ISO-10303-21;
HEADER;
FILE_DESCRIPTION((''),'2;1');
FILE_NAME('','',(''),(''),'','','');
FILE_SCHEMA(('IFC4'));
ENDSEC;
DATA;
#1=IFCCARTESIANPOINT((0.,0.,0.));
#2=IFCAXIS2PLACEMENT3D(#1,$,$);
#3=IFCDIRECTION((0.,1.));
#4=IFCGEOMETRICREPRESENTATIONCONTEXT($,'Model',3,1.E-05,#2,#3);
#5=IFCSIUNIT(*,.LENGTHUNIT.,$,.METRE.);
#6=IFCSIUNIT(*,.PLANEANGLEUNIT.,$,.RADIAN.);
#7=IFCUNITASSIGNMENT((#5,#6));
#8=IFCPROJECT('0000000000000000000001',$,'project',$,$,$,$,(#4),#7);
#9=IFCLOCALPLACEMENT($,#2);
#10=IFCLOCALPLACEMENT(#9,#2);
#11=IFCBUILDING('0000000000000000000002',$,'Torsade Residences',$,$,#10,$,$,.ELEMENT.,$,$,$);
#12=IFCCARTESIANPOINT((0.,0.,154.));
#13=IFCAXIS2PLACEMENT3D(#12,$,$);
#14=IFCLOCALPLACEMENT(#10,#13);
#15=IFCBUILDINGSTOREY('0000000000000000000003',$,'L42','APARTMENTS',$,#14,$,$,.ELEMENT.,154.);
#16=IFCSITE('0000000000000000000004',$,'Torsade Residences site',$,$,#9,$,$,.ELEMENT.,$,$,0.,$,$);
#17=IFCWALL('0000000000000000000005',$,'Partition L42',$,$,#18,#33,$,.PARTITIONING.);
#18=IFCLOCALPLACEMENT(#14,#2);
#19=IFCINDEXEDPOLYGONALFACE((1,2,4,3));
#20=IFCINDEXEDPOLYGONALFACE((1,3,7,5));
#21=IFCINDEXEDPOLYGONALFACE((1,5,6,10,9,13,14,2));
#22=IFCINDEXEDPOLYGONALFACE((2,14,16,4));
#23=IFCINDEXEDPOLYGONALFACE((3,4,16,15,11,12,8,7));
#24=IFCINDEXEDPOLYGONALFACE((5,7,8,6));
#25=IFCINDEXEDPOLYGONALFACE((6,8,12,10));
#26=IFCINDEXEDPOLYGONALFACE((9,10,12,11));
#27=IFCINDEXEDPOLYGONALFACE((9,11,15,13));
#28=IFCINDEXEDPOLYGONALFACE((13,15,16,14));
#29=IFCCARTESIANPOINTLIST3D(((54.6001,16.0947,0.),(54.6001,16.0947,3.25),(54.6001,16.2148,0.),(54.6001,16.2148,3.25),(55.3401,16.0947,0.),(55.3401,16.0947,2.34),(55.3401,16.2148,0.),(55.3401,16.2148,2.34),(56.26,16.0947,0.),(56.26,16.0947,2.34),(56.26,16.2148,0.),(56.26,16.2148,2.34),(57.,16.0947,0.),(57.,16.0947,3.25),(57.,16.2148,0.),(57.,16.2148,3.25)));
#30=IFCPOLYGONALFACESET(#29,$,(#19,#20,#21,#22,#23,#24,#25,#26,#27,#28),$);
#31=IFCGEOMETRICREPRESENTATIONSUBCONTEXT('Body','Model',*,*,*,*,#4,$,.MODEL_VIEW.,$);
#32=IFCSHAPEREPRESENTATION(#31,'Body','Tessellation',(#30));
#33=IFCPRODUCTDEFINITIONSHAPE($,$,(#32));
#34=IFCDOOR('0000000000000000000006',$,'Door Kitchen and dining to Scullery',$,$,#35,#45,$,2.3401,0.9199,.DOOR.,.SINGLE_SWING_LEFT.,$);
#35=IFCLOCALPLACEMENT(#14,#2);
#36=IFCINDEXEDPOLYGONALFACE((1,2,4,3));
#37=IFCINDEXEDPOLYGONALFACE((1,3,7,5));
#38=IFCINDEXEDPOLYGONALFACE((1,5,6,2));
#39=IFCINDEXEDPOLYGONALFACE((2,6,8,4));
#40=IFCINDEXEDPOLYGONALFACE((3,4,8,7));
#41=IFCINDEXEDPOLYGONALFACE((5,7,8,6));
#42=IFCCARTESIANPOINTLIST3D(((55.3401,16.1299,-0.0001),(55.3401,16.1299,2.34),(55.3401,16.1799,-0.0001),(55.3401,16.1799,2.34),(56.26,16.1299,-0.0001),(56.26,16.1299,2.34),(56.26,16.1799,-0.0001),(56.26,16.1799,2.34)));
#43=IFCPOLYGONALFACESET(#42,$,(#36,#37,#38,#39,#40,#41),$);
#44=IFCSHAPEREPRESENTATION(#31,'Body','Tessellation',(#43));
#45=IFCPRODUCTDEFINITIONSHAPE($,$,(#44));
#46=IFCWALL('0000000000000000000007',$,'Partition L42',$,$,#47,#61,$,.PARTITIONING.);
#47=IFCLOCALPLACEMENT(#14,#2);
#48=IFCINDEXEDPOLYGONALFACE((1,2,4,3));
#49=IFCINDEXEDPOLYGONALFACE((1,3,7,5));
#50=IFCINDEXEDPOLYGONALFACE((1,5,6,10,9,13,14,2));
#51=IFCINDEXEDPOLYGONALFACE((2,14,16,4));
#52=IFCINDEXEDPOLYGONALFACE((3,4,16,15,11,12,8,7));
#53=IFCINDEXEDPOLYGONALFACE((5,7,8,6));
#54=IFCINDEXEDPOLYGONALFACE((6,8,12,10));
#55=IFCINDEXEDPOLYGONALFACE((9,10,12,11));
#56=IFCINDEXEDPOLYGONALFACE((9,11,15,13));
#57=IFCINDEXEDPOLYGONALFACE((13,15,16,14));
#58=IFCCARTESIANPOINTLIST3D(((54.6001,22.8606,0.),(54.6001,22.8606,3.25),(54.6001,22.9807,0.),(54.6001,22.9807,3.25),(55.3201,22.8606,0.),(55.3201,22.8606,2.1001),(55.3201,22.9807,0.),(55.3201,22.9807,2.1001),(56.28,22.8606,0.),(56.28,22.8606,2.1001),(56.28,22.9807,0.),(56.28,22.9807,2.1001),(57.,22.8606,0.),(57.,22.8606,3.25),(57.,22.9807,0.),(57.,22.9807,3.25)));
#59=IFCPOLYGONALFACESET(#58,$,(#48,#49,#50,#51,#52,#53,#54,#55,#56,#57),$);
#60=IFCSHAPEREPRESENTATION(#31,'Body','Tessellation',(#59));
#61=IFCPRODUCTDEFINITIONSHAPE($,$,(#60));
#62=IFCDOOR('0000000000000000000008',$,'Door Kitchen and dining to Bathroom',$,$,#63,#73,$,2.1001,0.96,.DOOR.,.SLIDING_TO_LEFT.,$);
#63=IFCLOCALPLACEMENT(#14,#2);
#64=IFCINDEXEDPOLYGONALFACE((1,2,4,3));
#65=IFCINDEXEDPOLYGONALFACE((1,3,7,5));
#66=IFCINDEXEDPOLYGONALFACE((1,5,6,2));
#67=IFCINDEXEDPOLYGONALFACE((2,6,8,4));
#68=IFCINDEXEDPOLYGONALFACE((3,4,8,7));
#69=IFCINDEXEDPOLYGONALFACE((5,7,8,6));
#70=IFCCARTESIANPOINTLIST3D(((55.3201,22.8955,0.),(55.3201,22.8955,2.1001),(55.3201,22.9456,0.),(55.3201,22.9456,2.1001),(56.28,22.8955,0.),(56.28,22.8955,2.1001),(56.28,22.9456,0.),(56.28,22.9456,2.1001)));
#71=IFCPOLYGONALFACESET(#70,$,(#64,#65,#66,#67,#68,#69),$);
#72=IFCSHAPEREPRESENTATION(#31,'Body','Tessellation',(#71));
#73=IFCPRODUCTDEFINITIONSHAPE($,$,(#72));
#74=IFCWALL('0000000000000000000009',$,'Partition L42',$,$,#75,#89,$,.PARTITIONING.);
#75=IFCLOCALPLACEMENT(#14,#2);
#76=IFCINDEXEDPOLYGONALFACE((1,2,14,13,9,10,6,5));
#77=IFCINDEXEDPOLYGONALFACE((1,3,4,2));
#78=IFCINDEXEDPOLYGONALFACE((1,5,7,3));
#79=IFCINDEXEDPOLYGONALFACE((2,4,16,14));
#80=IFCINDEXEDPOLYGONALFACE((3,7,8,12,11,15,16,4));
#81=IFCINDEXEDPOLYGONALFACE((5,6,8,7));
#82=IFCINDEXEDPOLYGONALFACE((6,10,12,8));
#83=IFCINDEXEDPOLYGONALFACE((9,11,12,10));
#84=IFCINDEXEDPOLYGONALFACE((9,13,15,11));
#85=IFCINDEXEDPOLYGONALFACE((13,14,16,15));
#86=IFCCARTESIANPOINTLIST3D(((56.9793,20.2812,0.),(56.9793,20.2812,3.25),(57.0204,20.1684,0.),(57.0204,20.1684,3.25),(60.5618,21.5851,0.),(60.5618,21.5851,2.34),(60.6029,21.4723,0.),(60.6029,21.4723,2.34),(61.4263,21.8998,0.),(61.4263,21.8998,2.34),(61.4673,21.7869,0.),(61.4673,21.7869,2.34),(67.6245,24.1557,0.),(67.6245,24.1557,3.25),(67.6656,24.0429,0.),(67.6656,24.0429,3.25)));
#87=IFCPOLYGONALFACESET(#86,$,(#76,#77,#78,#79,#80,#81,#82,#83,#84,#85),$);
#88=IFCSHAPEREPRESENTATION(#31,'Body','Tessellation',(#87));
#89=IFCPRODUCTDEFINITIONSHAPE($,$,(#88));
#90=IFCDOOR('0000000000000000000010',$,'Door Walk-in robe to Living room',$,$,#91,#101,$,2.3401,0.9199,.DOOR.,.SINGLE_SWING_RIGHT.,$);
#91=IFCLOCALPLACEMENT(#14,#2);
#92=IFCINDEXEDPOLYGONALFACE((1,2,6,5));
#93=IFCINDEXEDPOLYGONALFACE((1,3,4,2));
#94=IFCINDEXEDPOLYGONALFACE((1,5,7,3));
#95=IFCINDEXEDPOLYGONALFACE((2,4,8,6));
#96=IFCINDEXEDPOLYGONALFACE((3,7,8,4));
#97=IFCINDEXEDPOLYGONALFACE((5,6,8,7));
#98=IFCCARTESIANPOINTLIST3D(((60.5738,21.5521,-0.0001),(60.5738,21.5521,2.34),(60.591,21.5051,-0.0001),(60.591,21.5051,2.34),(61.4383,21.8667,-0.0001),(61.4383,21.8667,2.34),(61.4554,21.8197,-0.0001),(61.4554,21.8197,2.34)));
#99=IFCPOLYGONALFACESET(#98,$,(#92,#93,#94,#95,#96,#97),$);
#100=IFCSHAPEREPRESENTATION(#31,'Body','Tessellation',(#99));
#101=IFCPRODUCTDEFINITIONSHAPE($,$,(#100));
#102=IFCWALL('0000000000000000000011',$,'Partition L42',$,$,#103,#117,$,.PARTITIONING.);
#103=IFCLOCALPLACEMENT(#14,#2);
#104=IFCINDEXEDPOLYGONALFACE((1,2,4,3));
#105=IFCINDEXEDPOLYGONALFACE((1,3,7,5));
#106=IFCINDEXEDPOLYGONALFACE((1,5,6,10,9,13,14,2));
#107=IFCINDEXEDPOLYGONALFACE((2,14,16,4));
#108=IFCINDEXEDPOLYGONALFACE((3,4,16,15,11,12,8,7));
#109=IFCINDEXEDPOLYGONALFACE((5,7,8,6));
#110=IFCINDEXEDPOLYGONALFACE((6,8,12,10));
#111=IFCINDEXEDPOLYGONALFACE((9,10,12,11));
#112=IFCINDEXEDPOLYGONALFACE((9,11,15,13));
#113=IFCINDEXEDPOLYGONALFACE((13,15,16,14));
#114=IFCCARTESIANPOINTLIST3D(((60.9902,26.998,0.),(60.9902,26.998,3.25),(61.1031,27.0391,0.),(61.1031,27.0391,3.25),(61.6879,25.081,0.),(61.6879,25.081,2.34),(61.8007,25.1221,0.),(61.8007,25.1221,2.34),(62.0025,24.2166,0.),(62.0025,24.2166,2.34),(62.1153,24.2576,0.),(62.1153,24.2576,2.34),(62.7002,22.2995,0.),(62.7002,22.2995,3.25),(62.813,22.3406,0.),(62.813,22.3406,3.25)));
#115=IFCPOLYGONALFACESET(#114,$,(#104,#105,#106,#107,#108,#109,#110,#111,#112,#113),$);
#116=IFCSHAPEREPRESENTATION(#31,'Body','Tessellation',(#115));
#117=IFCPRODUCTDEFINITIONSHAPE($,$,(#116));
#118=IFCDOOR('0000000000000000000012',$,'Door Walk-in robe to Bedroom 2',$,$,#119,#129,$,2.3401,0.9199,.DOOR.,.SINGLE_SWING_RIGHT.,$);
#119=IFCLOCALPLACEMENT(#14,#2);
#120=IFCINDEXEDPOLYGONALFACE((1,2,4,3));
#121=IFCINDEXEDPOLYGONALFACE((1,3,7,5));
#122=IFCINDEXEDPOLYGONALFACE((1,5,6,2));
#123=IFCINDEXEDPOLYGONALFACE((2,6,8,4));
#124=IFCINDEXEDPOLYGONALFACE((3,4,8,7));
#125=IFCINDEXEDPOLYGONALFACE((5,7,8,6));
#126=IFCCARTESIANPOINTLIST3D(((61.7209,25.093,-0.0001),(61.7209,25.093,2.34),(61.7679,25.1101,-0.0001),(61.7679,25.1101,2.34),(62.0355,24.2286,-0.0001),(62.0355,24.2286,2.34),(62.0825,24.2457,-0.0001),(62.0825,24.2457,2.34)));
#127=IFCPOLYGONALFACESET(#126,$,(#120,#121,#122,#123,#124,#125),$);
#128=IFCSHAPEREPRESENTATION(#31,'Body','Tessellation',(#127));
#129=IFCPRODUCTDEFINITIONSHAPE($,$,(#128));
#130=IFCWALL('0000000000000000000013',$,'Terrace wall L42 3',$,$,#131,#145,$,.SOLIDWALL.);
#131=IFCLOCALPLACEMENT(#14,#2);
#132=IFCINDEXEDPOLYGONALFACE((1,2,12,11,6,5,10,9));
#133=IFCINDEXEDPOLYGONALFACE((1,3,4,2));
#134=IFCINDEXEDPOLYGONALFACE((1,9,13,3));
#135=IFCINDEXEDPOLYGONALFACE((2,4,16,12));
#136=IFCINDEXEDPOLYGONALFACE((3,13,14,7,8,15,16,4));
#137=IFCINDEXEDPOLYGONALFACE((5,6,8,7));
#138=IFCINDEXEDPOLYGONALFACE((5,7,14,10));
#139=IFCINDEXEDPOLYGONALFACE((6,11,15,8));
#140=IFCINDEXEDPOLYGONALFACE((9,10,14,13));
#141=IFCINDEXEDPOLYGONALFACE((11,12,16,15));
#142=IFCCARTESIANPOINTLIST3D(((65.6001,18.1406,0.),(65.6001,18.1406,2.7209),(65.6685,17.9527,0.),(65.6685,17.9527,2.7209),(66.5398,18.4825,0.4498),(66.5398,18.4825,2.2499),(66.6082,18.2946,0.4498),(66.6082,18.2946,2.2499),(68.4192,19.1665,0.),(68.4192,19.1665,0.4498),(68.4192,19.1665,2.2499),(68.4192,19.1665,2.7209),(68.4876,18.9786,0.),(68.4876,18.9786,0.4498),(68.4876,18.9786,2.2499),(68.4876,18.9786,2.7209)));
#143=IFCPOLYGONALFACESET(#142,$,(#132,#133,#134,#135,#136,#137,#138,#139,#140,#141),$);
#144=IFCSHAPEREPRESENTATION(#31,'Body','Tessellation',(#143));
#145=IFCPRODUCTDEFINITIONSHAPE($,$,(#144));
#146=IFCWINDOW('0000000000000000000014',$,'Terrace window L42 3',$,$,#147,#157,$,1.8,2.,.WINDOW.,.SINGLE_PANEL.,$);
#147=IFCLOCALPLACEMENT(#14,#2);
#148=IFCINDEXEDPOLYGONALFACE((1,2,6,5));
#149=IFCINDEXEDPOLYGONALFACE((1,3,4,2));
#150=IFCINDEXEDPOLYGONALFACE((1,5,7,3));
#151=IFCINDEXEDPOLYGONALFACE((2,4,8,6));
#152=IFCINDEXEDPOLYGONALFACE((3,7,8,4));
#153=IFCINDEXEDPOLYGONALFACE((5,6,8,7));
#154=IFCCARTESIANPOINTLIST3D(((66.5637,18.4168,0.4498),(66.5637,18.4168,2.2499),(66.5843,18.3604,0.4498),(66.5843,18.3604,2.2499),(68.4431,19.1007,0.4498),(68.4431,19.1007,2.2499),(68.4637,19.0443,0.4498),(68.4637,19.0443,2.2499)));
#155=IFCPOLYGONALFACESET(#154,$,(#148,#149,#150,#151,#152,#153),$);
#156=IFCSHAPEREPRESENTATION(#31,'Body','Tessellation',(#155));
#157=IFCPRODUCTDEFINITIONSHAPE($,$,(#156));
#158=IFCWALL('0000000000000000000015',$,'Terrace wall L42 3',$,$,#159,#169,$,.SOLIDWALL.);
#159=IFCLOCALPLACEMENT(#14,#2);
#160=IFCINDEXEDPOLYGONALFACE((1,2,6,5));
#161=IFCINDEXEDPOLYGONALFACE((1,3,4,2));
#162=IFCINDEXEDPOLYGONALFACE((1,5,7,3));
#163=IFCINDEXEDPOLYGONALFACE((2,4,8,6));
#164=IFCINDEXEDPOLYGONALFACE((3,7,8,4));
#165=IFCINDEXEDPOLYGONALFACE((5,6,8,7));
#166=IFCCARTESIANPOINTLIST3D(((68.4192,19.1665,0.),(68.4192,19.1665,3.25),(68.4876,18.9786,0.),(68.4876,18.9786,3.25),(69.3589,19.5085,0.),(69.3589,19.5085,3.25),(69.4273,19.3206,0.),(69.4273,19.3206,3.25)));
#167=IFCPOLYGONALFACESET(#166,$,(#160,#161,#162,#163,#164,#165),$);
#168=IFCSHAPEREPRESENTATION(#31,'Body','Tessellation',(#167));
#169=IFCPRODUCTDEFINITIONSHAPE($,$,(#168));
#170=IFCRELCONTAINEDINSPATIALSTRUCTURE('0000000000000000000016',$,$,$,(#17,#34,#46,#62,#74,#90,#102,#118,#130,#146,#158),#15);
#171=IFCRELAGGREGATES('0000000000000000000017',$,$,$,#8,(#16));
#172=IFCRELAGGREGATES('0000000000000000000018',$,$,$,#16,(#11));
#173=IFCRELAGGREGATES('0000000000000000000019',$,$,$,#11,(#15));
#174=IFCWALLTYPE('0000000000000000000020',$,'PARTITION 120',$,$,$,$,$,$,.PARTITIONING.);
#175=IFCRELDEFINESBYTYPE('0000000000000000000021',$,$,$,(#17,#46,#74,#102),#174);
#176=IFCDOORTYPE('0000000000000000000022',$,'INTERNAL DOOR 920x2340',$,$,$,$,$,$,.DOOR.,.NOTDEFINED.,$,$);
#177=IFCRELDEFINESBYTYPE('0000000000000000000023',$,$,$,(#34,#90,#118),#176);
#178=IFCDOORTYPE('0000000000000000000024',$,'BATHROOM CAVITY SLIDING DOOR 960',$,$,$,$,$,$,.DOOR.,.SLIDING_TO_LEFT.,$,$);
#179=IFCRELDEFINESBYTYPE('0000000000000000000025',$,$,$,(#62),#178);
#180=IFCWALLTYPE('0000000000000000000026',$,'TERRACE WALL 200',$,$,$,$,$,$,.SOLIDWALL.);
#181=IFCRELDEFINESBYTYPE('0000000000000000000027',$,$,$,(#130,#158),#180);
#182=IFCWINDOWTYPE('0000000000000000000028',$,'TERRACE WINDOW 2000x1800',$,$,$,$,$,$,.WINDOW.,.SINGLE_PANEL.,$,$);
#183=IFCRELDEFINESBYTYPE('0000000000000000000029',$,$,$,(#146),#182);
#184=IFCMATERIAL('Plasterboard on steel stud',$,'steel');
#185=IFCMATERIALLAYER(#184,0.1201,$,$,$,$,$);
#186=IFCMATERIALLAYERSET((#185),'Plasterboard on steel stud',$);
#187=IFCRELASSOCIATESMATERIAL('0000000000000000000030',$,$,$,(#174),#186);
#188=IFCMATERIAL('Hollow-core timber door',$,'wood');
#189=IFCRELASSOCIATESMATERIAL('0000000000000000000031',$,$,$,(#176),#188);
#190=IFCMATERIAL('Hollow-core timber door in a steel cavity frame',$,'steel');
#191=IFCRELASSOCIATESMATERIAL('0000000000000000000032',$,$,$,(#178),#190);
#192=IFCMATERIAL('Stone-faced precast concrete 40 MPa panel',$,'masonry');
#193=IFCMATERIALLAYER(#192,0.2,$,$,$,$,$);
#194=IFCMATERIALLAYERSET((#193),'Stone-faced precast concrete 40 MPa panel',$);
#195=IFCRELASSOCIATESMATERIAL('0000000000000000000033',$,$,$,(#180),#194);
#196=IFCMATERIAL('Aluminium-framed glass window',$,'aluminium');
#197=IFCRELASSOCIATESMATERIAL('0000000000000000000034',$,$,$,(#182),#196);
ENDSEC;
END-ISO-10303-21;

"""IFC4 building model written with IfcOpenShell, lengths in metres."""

from ifc_helpers import new_model, si_unit, direction, frame, frame_2d, origin, place, context, subcontext, project, spatial, rectangle, extrude, material, layer, layer_set, type_object, element, fill, save


model = new_model("IFC4")

# Units and contexts
model_context = context("Model", 3, precision=1e-05, world=origin(), true_north=direction((0.0, 1.0)))
body_context = subcontext(model_context, "Body", "Model", "MODEL_VIEW")
ifc_project = project(units=[si_unit("LENGTHUNIT", "METRE"), si_unit("PLANEANGLEUNIT", "RADIAN")], contexts=[model_context])

# Site, building, storey
site_placement = place(None, origin())
site = spatial("IfcSite", under=ifc_project, at=site_placement, Name="Torsade Residences site", CompositionType="ELEMENT", RefElevation=0.0)
building_placement = place(site_placement, origin())
building = spatial("IfcBuilding", under=site, at=building_placement, Name="Torsade Residences", CompositionType="ELEMENT")
storey_placement = place(building_placement, frame((0.0, 0.0, 154.0)))
storey = spatial("IfcBuildingStorey", under=building, at=storey_placement, Name="L42", Description="APARTMENTS", CompositionType="ELEMENT", Elevation=154.0)

# Walls, openings, doors
ifc_material_1 = material(Name="Plasterboard on steel stud", Category="steel")
ifc_layer_1 = layer(ifc_material_1, 0.1201)
ifc_layer_set_1 = layer_set([ifc_layer_1], Name="Plasterboard on steel stud")
wall_type_1 = type_object("IfcWallType", Name="PARTITION 120", PredefinedType="PARTITIONING", material=ifc_layer_set_1)
wall_1_placement = place(storey_placement, frame((57.0, 16.1548, 0.0), z_axis=(0.0, 0.0, 1.0), x_axis=(-1.0, 0.0, 0.0)))
wall_1 = element("IfcWall", 1, at=wall_1_placement, inside=storey, type_object=wall_type_1, Name="Partition L42", PredefinedType="PARTITIONING", context=body_context, shape_type="SweptSolid", body=[
    extrude(rectangle(XDim=2.3999, YDim=0.1201, at=frame_2d((1.2, 0.0))), origin(), (0.0, 0.0, 1.0), 3.25),
])
opening_1_placement = place(wall_1_placement, frame((0.74, 0.0, 0.0)))
opening_1 = element("IfcOpeningElement", 2, at=opening_1_placement, cuts=wall_1, PredefinedType="OPENING", context=body_context, shape_type="SweptSolid", body=[
    extrude(rectangle(XDim=0.9199, YDim=2.3401, at=frame_2d((0.46, 1.1699))), frame((0.0, 0.0701, 0.0), z_axis=(0.0, -1.0, 0.0), x_axis=(1.0, 0.0, 0.0)), (0.0, 0.0, 1.0), 0.1401),
])
ifc_material_2 = material(Name="Hollow-core timber door", Category="wood")
door_type_1 = type_object("IfcDoorType", Name="INTERNAL DOOR 920x2340", OperationType="NOTDEFINED", PredefinedType="DOOR", material=ifc_material_2)
door_1_placement = place(opening_1_placement, origin())
door_1 = element("IfcDoor", 3, at=door_1_placement, inside=storey, type_object=door_type_1, Name="Door Kitchen and dining to Scullery", OperationType="SINGLE_SWING_LEFT", OverallHeight=2.3401, OverallWidth=0.9199, PredefinedType="DOOR", context=body_context, shape_type="SweptSolid", body=[
    extrude(rectangle(XDim=0.9199, YDim=2.3401, at=frame_2d((0.46, 1.1699))), frame((0.0, 0.0249, 0.0), z_axis=(0.0, -1.0, 0.0), x_axis=(1.0, 0.0, 0.0)), (0.0, 0.0, 1.0), 0.05),
])
fill(opening_1, door_1)
wall_2_placement = place(storey_placement, frame((54.6001, 22.9207, 0.0), z_axis=(0.0, 0.0, 1.0), x_axis=(1.0, 0.0, 0.0)))
wall_2 = element("IfcWall", 4, at=wall_2_placement, inside=storey, type_object=wall_type_1, Name="Partition L42", PredefinedType="PARTITIONING", context=body_context, shape_type="SweptSolid", body=[
    extrude(rectangle(XDim=2.3999, YDim=0.1201, at=frame_2d((1.2, 0.0))), origin(), (0.0, 0.0, 1.0), 3.25),
])
opening_2_placement = place(wall_2_placement, frame((0.72, 0.0, 0.0)))
opening_2 = element("IfcOpeningElement", 5, at=opening_2_placement, cuts=wall_2, PredefinedType="OPENING", context=body_context, shape_type="SweptSolid", body=[
    extrude(rectangle(XDim=0.96, YDim=2.1001, at=frame_2d((0.48, 1.05))), frame((0.0, 0.0701, 0.0), z_axis=(0.0, -1.0, 0.0), x_axis=(1.0, 0.0, 0.0)), (0.0, 0.0, 1.0), 0.1401),
])
ifc_material_3 = material(Name="Hollow-core timber door in a steel cavity frame", Category="steel")
door_type_2 = type_object("IfcDoorType", Name="BATHROOM CAVITY SLIDING DOOR 960", OperationType="SLIDING_TO_LEFT", PredefinedType="DOOR", material=ifc_material_3)
door_2_placement = place(opening_2_placement, origin())
door_2 = element("IfcDoor", 6, at=door_2_placement, inside=storey, type_object=door_type_2, Name="Door Kitchen and dining to Bathroom", OperationType="SLIDING_TO_LEFT", OverallHeight=2.1001, OverallWidth=0.96, PredefinedType="DOOR", context=body_context, shape_type="SweptSolid", body=[
    extrude(rectangle(XDim=0.96, YDim=2.1001, at=frame_2d((0.48, 1.05))), frame((0.0, 0.0249, 0.0), z_axis=(0.0, -1.0, 0.0), x_axis=(1.0, 0.0, 0.0)), (0.0, 0.0, 1.0), 0.05),
])
fill(opening_2, door_2)
wall_3_placement = place(storey_placement, frame((57.0, 20.2249, 0.0), z_axis=(0.0, 0.0, 1.0), x_axis=(0.939694, 0.342016, 0.0)))
wall_3 = element("IfcWall", 7, at=wall_3_placement, inside=storey, type_object=wall_type_1, Name="Partition L42", PredefinedType="PARTITIONING", context=body_context, shape_type="SweptSolid", body=[
    extrude(rectangle(XDim=11.3284, YDim=0.1201, at=frame_2d((5.6641, 0.0))), origin(), (0.0, 0.0, 1.0), 3.25),
])
opening_3_placement = place(wall_3_placement, frame((3.8123, 0.0, 0.0)))
opening_3 = element("IfcOpeningElement", 8, at=opening_3_placement, cuts=wall_3, PredefinedType="OPENING", context=body_context, shape_type="SweptSolid", body=[
    extrude(rectangle(XDim=0.9199, YDim=2.3401, at=frame_2d((0.46, 1.1699))), frame((0.0, 0.0701, 0.0), z_axis=(0.0, -1.0, 0.0), x_axis=(1.0, 0.0, 0.0)), (0.0, 0.0, 1.0), 0.1401),
])
door_3_placement = place(opening_3_placement, origin())
door_3 = element("IfcDoor", 9, at=door_3_placement, inside=storey, type_object=door_type_1, Name="Door Walk-in robe to Living room", OperationType="SINGLE_SWING_RIGHT", OverallHeight=2.3401, OverallWidth=0.9199, PredefinedType="DOOR", context=body_context, shape_type="SweptSolid", body=[
    extrude(rectangle(XDim=0.9199, YDim=2.3401, at=frame_2d((0.46, 1.1699))), frame((0.0, 0.0249, 0.0), z_axis=(0.0, -1.0, 0.0), x_axis=(1.0, 0.0, 0.0)), (0.0, 0.0, 1.0), 0.05),
])
fill(opening_3, door_3)
wall_4_placement = place(storey_placement, frame((62.7566, 22.3201, 0.0), z_axis=(0.0, 0.0, 1.0), x_axis=(-0.341994, 0.939702, 0.0)))
wall_4 = element("IfcWall", 10, at=wall_4_placement, inside=storey, type_object=wall_type_1, Name="Partition L42", PredefinedType="PARTITIONING", context=body_context, shape_type="SweptSolid", body=[
    extrude(rectangle(XDim=5.0, YDim=0.1201, at=frame_2d((2.5, 0.0))), origin(), (0.0, 0.0, 1.0), 3.25),
])
opening_4_placement = place(wall_4_placement, frame((2.04, 0.0, 0.0)))
opening_4 = element("IfcOpeningElement", 11, at=opening_4_placement, cuts=wall_4, PredefinedType="OPENING", context=body_context, shape_type="SweptSolid", body=[
    extrude(rectangle(XDim=0.9199, YDim=2.3401, at=frame_2d((0.46, 1.1699))), frame((0.0, 0.0701, 0.0), z_axis=(0.0, -1.0, 0.0), x_axis=(1.0, 0.0, 0.0)), (0.0, 0.0, 1.0), 0.1401),
])
door_4_placement = place(opening_4_placement, origin())
door_4 = element("IfcDoor", 12, at=door_4_placement, inside=storey, type_object=door_type_1, Name="Door Walk-in robe to Bedroom 2", OperationType="SINGLE_SWING_RIGHT", OverallHeight=2.3401, OverallWidth=0.9199, PredefinedType="DOOR", context=body_context, shape_type="SweptSolid", body=[
    extrude(rectangle(XDim=0.9199, YDim=2.3401, at=frame_2d((0.46, 1.1699))), frame((0.0, 0.0249, 0.0), z_axis=(0.0, -1.0, 0.0), x_axis=(1.0, 0.0, 0.0)), (0.0, 0.0, 1.0), 0.05),
])
fill(opening_4, door_4)

# Wall, opening, window
ifc_material_4 = material(Name="Stone-faced precast concrete 40 MPa panel", Category="masonry")
ifc_layer_2 = layer(ifc_material_4, 0.2)
ifc_layer_set_2 = layer_set([ifc_layer_2], Name="Stone-faced precast concrete 40 MPa panel")
wall_type_2 = type_object("IfcWallType", Name="TERRACE WALL 200", PredefinedType="SOLIDWALL", material=ifc_layer_set_2)
wall_5_placement = place(storey_placement, frame((65.6343, 18.0466, 0.0), z_axis=(0.0, 0.0, 1.0), x_axis=(0.939713, 0.341965, 0.0)))
wall_5 = element("IfcWall", 13, at=wall_5_placement, inside=storey, type_object=wall_type_2, Name="Terrace wall L42 3", PredefinedType="SOLIDWALL", context=body_context, shape_type="SweptSolid", body=[
    extrude(rectangle(XDim=3.0, YDim=0.2, at=frame_2d((1.5, 0.0))), origin(), (0.0, 0.0, 1.0), 2.7209),
])
opening_5_placement = place(wall_5_placement, frame((1.0, 0.0, 0.45)))
opening_5 = element("IfcOpeningElement", 14, at=opening_5_placement, cuts=wall_5, PredefinedType="OPENING", context=body_context, shape_type="SweptSolid", body=[
    extrude(rectangle(XDim=2.0, YDim=1.8, at=frame_2d((1.0, 0.8999))), frame((0.0, 0.1099, 0.0), z_axis=(0.0, -1.0, 0.0), x_axis=(1.0, 0.0, 0.0)), (0.0, 0.0, 1.0), 0.22),
])
ifc_material_5 = material(Name="Aluminium-framed glass window", Category="aluminium")
window_type = type_object("IfcWindowType", Name="TERRACE WINDOW 2000x1800", PartitioningType="SINGLE_PANEL", PredefinedType="WINDOW", material=ifc_material_5)
window_placement = place(opening_5_placement, origin())
window = element("IfcWindow", 15, at=window_placement, inside=storey, type_object=window_type, Name="Terrace window L42 3", OverallHeight=1.8, OverallWidth=2.0, PartitioningType="SINGLE_PANEL", PredefinedType="WINDOW", context=body_context, shape_type="SweptSolid", body=[
    extrude(rectangle(XDim=2.0, YDim=1.8, at=frame_2d((1.0, 0.8999))), frame((0.0, 0.03, 0.0), z_axis=(0.0, -1.0, 0.0), x_axis=(1.0, 0.0, 0.0)), (0.0, 0.0, 1.0), 0.0601),
])
fill(opening_5, window)

# Wall
wall_6_placement = place(storey_placement, frame((68.4534, 19.0725, 0.0), z_axis=(0.0, 0.0, 1.0), x_axis=(0.939686, 0.342037, 0.0)))
element("IfcWall", 16, at=wall_6_placement, inside=storey, type_object=wall_type_2, Name="Terrace wall L42 3", PredefinedType="SOLIDWALL", context=body_context, shape_type="SweptSolid", body=[
    extrude(rectangle(XDim=1.0, YDim=0.2, at=frame_2d((0.5, 0.0))), origin(), (0.0, 0.0, 1.0), 3.25),
])

save(model, "model.ifc")
